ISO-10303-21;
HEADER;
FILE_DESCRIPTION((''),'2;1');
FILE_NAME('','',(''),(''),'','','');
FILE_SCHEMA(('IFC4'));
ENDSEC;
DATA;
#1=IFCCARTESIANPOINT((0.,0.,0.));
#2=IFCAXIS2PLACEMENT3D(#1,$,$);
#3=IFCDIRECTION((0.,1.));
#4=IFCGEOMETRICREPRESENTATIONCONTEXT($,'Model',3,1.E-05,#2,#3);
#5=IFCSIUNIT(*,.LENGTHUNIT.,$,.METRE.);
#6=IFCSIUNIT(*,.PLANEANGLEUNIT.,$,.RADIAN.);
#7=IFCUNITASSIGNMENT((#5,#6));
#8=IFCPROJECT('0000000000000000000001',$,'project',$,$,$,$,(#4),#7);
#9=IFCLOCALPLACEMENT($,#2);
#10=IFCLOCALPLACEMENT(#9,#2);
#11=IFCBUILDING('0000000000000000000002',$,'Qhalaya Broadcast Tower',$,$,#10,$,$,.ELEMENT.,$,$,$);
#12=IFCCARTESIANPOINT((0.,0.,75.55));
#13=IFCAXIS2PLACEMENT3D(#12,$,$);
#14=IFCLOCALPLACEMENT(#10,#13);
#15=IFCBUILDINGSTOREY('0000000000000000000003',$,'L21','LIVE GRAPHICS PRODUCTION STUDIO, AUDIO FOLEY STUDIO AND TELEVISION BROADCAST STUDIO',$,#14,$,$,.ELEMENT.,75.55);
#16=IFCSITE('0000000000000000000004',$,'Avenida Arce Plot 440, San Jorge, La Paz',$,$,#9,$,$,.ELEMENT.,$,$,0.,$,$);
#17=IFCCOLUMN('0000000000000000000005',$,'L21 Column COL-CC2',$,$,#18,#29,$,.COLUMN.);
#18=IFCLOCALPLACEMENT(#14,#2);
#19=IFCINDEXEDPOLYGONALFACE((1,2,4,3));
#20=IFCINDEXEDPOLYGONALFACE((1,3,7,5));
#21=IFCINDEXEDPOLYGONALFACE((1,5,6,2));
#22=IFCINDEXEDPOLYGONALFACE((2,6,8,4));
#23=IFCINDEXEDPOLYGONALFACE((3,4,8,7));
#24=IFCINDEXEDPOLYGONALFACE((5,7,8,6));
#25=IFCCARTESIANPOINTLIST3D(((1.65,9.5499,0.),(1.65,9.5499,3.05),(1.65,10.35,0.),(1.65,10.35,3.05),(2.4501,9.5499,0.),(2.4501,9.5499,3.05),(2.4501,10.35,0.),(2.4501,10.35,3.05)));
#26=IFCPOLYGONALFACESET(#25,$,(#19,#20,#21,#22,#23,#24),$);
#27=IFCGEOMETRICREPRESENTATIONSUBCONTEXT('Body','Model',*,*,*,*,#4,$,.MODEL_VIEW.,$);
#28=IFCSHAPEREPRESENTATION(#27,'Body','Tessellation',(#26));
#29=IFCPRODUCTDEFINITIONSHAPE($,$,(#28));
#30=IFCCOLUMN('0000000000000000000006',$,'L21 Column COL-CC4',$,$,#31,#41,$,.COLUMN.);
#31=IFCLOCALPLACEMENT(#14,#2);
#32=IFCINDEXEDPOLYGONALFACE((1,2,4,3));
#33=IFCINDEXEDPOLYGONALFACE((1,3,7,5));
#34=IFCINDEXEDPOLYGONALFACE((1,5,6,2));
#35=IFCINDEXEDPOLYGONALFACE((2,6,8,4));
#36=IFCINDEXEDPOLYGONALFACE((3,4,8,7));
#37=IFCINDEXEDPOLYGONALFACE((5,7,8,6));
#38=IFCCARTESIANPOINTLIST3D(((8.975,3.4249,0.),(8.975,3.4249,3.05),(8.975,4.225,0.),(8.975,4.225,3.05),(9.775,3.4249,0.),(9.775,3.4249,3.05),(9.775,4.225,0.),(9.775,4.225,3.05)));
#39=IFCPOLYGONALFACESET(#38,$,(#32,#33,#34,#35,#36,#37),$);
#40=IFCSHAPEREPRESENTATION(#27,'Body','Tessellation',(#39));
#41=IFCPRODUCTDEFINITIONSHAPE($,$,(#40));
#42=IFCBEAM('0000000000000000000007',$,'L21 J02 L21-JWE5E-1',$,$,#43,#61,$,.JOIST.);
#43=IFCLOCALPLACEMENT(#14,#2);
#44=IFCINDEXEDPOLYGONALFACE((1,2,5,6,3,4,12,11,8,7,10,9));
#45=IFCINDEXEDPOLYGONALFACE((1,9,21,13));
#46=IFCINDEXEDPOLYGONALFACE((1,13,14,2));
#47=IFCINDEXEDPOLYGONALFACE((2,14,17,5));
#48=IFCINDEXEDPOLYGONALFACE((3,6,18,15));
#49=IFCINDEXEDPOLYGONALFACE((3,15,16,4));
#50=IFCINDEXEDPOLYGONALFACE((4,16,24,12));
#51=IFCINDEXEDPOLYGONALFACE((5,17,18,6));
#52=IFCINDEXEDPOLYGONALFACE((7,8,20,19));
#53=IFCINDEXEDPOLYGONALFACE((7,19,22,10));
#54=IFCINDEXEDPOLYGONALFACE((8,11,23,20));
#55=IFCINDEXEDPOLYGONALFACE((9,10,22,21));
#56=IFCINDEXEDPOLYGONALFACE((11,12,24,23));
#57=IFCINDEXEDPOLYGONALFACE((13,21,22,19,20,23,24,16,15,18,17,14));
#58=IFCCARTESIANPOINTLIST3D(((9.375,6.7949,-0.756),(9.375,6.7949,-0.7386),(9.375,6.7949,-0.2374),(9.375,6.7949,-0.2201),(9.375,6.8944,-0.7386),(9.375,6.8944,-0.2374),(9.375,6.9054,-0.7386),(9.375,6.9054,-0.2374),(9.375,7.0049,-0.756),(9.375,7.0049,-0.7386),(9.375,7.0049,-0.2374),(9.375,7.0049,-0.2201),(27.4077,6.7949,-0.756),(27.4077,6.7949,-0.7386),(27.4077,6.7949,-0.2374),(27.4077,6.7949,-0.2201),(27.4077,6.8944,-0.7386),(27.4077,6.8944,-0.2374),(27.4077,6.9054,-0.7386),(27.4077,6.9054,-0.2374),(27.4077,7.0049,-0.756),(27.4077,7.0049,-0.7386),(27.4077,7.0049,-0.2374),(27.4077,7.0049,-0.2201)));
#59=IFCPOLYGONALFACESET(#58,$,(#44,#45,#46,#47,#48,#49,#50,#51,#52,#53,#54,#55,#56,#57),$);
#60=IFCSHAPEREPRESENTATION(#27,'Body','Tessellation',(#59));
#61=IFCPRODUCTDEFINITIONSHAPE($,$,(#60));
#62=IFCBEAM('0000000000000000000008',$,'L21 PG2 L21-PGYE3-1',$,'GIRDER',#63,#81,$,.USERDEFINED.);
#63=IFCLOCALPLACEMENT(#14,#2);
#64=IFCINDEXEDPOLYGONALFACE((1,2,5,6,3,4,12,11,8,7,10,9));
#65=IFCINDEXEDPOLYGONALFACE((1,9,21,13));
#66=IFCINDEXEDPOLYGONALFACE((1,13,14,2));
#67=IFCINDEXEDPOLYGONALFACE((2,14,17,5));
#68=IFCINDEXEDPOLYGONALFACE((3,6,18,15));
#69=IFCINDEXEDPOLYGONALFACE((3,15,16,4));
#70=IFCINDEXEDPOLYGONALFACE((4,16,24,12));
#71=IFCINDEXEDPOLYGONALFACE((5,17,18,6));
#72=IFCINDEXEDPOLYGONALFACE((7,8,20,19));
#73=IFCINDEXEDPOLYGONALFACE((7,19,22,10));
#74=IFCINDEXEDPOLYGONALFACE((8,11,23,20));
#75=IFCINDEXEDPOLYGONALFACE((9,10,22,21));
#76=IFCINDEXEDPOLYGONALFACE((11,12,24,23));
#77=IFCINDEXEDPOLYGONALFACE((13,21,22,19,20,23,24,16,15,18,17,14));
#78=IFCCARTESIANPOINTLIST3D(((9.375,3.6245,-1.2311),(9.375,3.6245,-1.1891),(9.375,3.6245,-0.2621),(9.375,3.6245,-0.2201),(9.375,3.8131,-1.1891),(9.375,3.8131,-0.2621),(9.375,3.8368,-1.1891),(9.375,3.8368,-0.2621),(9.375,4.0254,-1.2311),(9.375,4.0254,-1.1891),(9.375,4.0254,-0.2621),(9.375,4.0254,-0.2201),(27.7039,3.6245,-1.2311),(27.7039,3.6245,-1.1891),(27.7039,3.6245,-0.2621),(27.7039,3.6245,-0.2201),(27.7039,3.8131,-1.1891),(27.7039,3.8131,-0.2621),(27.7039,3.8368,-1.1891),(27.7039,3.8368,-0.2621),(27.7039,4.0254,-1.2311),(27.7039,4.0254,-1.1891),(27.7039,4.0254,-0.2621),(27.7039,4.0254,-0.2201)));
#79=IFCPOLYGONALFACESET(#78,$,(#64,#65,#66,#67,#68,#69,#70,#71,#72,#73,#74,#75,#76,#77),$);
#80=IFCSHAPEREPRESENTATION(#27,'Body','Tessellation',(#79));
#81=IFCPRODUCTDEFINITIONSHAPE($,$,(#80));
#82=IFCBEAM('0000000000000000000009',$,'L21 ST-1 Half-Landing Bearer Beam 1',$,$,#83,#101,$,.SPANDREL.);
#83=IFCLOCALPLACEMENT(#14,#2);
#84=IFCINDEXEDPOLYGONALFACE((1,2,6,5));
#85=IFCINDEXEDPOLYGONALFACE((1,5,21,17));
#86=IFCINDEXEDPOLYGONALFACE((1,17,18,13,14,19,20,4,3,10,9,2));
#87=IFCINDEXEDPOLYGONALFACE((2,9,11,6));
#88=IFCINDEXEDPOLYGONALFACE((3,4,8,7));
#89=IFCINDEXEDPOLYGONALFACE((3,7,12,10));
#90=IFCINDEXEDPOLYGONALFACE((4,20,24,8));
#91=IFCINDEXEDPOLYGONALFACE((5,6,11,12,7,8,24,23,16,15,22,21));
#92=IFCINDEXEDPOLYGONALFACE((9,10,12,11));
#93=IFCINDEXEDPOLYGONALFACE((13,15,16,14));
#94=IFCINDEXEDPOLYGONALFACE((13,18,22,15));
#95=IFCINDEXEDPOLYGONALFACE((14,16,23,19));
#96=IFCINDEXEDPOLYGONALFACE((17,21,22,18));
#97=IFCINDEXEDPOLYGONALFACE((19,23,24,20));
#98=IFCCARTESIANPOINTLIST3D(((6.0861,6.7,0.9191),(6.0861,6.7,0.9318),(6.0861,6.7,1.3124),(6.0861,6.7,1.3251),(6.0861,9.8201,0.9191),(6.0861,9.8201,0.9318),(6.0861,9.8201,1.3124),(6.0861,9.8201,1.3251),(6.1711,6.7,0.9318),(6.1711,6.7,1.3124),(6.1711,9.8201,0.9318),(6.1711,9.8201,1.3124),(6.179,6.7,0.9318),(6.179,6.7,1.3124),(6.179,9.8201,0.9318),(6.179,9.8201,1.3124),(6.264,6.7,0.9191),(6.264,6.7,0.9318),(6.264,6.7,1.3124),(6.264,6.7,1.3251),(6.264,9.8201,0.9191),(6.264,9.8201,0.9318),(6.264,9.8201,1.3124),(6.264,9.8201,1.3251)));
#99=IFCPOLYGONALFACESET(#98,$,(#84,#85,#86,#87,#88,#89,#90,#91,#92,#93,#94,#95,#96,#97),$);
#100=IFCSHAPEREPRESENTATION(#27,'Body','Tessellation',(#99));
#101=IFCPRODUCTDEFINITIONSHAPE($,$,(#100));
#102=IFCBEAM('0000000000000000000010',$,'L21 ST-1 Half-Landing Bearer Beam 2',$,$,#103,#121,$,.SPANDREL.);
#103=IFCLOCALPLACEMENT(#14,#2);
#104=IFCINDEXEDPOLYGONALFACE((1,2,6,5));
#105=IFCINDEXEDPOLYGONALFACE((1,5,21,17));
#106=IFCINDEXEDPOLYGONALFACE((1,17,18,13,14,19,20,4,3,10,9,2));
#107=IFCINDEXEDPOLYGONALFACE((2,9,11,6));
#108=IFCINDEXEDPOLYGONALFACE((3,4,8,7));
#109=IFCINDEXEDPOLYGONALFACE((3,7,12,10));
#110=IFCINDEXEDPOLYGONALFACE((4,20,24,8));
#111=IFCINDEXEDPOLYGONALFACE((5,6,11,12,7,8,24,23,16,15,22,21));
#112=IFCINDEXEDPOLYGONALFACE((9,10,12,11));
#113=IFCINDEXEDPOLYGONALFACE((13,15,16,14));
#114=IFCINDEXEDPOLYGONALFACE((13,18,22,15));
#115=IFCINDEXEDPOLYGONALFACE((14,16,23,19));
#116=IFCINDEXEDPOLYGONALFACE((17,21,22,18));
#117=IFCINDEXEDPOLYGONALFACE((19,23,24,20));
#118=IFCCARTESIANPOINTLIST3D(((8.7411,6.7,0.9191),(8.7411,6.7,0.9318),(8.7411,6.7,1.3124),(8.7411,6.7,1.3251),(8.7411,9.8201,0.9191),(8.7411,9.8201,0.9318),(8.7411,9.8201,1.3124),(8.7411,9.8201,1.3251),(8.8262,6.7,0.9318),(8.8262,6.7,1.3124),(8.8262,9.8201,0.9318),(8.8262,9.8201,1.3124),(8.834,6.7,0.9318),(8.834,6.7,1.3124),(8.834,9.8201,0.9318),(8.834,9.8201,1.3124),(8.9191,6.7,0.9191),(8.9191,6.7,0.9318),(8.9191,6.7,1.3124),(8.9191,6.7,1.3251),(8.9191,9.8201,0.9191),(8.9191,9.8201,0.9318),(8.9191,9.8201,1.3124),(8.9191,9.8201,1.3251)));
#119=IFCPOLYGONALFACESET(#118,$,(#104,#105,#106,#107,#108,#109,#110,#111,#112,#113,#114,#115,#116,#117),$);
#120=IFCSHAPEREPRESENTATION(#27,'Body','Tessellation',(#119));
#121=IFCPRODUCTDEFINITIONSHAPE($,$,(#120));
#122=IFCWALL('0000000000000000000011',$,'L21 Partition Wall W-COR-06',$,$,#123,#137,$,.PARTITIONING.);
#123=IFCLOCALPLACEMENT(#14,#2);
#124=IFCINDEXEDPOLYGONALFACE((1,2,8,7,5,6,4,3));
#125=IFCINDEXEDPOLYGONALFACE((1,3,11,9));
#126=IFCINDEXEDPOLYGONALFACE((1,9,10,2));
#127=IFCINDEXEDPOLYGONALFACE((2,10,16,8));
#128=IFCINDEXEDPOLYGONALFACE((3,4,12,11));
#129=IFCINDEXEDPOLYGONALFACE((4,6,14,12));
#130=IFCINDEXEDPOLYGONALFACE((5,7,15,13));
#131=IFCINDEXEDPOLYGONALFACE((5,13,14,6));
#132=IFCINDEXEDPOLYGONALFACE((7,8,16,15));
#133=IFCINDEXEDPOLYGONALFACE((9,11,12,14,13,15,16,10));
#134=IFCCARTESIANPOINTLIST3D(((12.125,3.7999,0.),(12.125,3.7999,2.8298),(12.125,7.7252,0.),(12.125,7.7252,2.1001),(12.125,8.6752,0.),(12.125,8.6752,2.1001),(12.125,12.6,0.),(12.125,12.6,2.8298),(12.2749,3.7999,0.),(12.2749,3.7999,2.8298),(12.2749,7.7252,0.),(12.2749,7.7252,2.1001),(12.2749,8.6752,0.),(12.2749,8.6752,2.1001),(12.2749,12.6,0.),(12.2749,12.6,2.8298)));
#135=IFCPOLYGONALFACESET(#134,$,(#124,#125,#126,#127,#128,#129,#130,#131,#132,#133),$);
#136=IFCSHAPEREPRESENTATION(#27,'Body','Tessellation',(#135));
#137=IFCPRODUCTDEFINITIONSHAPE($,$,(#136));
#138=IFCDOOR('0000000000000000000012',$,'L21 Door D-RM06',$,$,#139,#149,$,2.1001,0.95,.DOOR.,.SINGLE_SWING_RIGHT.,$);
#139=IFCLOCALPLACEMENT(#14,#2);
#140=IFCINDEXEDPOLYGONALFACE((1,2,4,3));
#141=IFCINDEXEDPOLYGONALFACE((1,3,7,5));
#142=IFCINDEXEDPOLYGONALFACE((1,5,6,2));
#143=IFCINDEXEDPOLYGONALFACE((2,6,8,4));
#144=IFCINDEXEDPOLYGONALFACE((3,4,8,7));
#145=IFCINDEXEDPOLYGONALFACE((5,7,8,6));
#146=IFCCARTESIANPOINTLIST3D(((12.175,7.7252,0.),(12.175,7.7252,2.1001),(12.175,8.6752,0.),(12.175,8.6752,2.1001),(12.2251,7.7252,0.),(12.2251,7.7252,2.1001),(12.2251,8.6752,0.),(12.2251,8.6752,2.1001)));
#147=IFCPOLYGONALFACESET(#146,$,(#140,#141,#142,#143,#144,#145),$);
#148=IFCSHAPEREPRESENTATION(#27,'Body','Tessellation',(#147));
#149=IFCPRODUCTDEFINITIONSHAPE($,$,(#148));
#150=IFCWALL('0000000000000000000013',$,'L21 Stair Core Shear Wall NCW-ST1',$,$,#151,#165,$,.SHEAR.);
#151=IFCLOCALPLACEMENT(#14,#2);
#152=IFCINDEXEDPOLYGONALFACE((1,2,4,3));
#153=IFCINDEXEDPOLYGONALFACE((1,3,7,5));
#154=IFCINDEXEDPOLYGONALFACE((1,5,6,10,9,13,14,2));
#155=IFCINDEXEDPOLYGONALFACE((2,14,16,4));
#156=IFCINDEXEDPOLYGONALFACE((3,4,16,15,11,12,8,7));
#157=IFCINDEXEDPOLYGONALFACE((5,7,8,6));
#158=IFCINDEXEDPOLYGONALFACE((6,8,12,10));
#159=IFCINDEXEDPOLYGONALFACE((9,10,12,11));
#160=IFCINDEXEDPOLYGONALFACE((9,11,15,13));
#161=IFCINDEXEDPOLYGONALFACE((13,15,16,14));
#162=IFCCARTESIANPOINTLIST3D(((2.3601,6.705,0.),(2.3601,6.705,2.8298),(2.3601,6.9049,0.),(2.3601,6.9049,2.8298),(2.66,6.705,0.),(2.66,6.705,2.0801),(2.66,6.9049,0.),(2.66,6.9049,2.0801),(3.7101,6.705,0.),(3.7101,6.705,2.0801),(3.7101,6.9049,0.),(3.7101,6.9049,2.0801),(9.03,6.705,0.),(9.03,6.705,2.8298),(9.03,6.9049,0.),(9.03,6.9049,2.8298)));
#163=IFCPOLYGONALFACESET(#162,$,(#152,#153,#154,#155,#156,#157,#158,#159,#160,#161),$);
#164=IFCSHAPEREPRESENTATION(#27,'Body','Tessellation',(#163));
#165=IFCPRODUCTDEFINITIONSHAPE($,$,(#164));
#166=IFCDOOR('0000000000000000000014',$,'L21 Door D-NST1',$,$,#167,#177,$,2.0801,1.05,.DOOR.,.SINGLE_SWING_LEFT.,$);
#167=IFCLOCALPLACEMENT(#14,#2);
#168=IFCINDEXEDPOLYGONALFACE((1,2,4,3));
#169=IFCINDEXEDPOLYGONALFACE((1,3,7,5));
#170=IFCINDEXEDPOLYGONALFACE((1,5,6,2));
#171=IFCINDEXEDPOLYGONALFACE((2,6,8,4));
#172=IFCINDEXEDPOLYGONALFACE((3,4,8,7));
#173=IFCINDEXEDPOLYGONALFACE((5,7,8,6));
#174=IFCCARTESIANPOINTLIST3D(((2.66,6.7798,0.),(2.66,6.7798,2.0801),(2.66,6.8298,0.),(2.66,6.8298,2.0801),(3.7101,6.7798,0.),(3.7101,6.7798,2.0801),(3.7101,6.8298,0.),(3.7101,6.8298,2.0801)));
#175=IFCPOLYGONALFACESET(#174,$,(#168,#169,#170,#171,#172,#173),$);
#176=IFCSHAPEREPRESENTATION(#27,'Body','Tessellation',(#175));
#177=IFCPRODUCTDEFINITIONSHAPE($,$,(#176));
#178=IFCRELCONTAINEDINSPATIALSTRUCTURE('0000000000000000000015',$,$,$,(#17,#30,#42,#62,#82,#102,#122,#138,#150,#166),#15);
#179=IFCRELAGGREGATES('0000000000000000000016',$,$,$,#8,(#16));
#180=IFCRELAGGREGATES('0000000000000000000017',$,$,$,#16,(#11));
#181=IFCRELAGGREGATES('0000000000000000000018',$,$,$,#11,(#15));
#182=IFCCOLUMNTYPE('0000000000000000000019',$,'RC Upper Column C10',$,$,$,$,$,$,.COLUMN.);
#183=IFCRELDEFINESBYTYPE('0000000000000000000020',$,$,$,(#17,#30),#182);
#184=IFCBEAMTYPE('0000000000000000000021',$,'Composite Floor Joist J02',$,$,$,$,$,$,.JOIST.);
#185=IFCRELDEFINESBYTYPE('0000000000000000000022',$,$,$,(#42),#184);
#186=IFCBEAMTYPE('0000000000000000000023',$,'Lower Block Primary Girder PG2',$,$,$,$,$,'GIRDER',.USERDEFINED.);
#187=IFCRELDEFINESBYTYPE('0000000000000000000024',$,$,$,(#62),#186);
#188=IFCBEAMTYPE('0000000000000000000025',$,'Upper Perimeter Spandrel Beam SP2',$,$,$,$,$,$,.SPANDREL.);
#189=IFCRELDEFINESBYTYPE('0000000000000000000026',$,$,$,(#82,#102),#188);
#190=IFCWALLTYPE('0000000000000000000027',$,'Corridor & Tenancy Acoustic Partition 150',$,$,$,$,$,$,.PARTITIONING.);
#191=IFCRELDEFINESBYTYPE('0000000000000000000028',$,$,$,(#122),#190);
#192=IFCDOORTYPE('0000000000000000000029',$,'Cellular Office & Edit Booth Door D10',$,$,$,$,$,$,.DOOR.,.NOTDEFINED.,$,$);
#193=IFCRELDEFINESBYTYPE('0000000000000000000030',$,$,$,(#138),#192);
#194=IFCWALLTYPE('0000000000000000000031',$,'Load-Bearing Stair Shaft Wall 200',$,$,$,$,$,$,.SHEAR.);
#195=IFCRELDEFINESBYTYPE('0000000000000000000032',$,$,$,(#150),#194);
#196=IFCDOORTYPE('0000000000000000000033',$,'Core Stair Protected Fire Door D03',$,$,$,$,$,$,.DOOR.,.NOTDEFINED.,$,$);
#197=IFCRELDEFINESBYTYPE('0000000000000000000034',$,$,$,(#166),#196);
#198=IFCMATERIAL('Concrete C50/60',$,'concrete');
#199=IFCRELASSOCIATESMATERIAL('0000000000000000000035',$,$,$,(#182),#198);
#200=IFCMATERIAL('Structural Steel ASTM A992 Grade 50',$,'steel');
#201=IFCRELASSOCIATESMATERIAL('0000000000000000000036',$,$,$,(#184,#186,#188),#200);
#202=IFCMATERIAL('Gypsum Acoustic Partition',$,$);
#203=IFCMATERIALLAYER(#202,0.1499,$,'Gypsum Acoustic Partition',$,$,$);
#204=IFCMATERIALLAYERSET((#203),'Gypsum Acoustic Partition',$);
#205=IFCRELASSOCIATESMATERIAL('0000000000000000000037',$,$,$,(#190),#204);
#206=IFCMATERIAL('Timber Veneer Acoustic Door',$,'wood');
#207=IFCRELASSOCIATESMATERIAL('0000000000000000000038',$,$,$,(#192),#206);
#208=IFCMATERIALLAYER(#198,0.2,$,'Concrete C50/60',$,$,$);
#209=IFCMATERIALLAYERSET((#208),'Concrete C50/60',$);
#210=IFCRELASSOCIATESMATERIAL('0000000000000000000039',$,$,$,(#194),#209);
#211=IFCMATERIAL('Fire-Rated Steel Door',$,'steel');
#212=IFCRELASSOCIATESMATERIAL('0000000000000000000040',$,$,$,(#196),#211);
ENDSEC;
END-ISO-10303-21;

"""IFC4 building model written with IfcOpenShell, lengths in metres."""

from ifc_helpers import new_model, si_unit, direction, frame, frame_2d, origin, origin_2d, place, context, subcontext, project, spatial, rectangle, i_section, extrude, material, layer, layer_set, material_profile, profile_set, type_object, element, fill, save


model = new_model("IFC4")

# Units and contexts
model_context = context("Model", 3, precision=1e-05, world=origin(), true_north=direction((0.0, 1.0)))
body_context = subcontext(model_context, "Body", "Model", "MODEL_VIEW")
ifc_project = project(units=[si_unit("LENGTHUNIT", "METRE"), si_unit("PLANEANGLEUNIT", "RADIAN")], contexts=[model_context])

# Site, building, storey
site_placement = place(None, origin())
site = spatial("IfcSite", under=ifc_project, at=site_placement, Name="Avenida Arce Plot 440, San Jorge, La Paz", CompositionType="ELEMENT", RefElevation=0.0)
building_placement = place(site_placement, origin())
building = spatial("IfcBuilding", under=site, at=building_placement, Name="Qhalaya Broadcast Tower", CompositionType="ELEMENT")
storey_placement = place(building_placement, frame((0.0, 0.0, 75.55)))
storey = spatial("IfcBuildingStorey", under=building, at=storey_placement, Name="L21", Description="LIVE GRAPHICS PRODUCTION STUDIO, AUDIO FOLEY STUDIO AND TELEVISION BROADCAST STUDIO", CompositionType="ELEMENT", Elevation=75.55)

# Columns
ifc_material_1 = material(Name="Concrete C50/60", Category="concrete")
ifc_material_profile_1 = material_profile(ifc_material_1, rectangle(XDim=0.8, YDim=0.8, at=origin_2d()), Name="RC-COL 800x800")
ifc_profile_set_1 = profile_set([ifc_material_profile_1], Name="Concrete C50/60")
column_type = type_object("IfcColumnType", Name="RC Upper Column C10", PredefinedType="COLUMN", material=ifc_profile_set_1)
for number, where, z_axis, x_axis, name in (
    (1, (2.05, 9.95, 0.0), (0.0, 0.0, 1.0), (1.0, 0.0, 0.0), "L21 Column COL-CC2"),
    (2, (9.375, 3.825, 0.0), (0.0, 0.0, 1.0), (1.0, 0.0, 0.0), "L21 Column COL-CC4"),
):
    element("IfcColumn", number, at=place(storey_placement, frame(where, z_axis=z_axis, x_axis=x_axis)), inside=storey, type_object=column_type, Name=name, PredefinedType="COLUMN", context=body_context, shape_type="SweptSolid", body=[
        extrude(rectangle(XDim=0.8, YDim=0.8, at=origin_2d()), origin(), (0.0, 0.0, 1.0), 3.05),
    ])

# Beams
ifc_material_2 = material(Name="Structural Steel ASTM A992 Grade 50", Category="steel")
ifc_material_profile_2 = material_profile(ifc_material_2, i_section(OverallWidth=0.21, OverallDepth=0.5359, WebThickness=0.011, FlangeThickness=0.0173, at=origin_2d()), Name="W21X68")
ifc_profile_set_2 = profile_set([ifc_material_profile_2], Name="Structural Steel ASTM A992 Grade 50")
beam_type_1 = type_object("IfcBeamType", Name="Composite Floor Joist J02", PredefinedType="JOIST", material=ifc_profile_set_2)
beam_1_placement = place(storey_placement, frame((9.375, 6.8999, -0.488), z_axis=(1.0, 0.0, 0.0), x_axis=(0.0, 1.0, 0.0)))
element("IfcBeam", 3, at=beam_1_placement, inside=storey, type_object=beam_type_1, Name="L21 J02 L21-JWE5E-1", PredefinedType="JOIST", context=body_context, shape_type="SweptSolid", body=[
    extrude(i_section(OverallWidth=0.21, OverallDepth=0.5359, WebThickness=0.011, FlangeThickness=0.0173, at=origin_2d()), origin(), (0.0, 0.0, 1.0), 18.0327),
])
ifc_material_profile_3 = material_profile(ifc_material_2, i_section(OverallWidth=0.4009, OverallDepth=1.011, WebThickness=0.0237, FlangeThickness=0.042, at=origin_2d()), Name="W40X297")
ifc_profile_set_3 = profile_set([ifc_material_profile_3], Name="Structural Steel ASTM A992 Grade 50")
beam_type_2 = type_object("IfcBeamType", Name="Lower Block Primary Girder PG2", ElementType="GIRDER", PredefinedType="USERDEFINED", material=ifc_profile_set_3)
beam_2_placement = place(storey_placement, frame((9.375, 3.825, -0.7256), z_axis=(1.0, 0.0, 0.0), x_axis=(0.0, 1.0, 0.0)))
element("IfcBeam", 4, at=beam_2_placement, inside=storey, type_object=beam_type_2, Name="L21 PG2 L21-PGYE3-1", ObjectType="GIRDER", PredefinedType="USERDEFINED", context=body_context, shape_type="SweptSolid", body=[
    extrude(i_section(OverallWidth=0.4009, OverallDepth=1.011, WebThickness=0.0237, FlangeThickness=0.042, at=origin_2d()), origin(), (0.0, 0.0, 1.0), 18.3289),
])
ifc_material_profile_4 = material_profile(ifc_material_2, i_section(OverallWidth=0.178, OverallDepth=0.406, WebThickness=0.0078, FlangeThickness=0.0127, at=origin_2d()), Name="W16X40")
ifc_profile_set_4 = profile_set([ifc_material_profile_4], Name="Structural Steel ASTM A992 Grade 50")
beam_type_3 = type_object("IfcBeamType", Name="Upper Perimeter Spandrel Beam SP2", PredefinedType="SPANDREL", material=ifc_profile_set_4)
for number, where, z_axis, x_axis, name in (
    (5, (6.175, 6.7, 1.1221), (0.0, 1.0, 0.0), (-1.0, 0.0, 0.0), "L21 ST-1 Half-Landing Bearer Beam 1"),
    (6, (8.8301, 6.7, 1.1221), (0.0, 1.0, 0.0), (-1.0, 0.0, 0.0), "L21 ST-1 Half-Landing Bearer Beam 2"),
):
    element("IfcBeam", number, at=place(storey_placement, frame(where, z_axis=z_axis, x_axis=x_axis)), inside=storey, type_object=beam_type_3, Name=name, PredefinedType="SPANDREL", context=body_context, shape_type="SweptSolid", body=[
        extrude(i_section(OverallWidth=0.178, OverallDepth=0.406, WebThickness=0.0078, FlangeThickness=0.0127, at=origin_2d()), origin(), (0.0, 0.0, 1.0), 3.1201),
    ])

# Walls, openings, doors
ifc_material_3 = material(Name="Gypsum Acoustic Partition")
ifc_layer_1 = layer(ifc_material_3, 0.1499, Name="Gypsum Acoustic Partition")
ifc_layer_set_1 = layer_set([ifc_layer_1], Name="Gypsum Acoustic Partition")
wall_type_1 = type_object("IfcWallType", Name="Corridor & Tenancy Acoustic Partition 150", PredefinedType="PARTITIONING", material=ifc_layer_set_1)
wall_1_placement = place(storey_placement, frame((12.2, 3.8, 0.0), z_axis=(0.0, 0.0, 1.0), x_axis=(0.0, 1.0, 0.0)))
wall_1 = element("IfcWall", 7, at=wall_1_placement, inside=storey, type_object=wall_type_1, Name="L21 Partition Wall W-COR-06", PredefinedType="PARTITIONING", context=body_context, shape_type="SweptSolid", body=[
    extrude(rectangle(XDim=8.8, YDim=0.1499, at=frame_2d((4.3999, 0.0))), origin(), (0.0, 0.0, 1.0), 2.8298),
])
opening_1_placement = place(wall_1_placement, frame((3.925, 0.0, 0.0)))
opening_1 = element("IfcOpeningElement", 8, at=opening_1_placement, cuts=wall_1, PredefinedType="OPENING", context=body_context, shape_type="SweptSolid", body=[
    extrude(rectangle(XDim=0.95, YDim=2.1001, at=frame_2d((0.4751, 1.05))), frame((0.0, 0.0869, 0.0), z_axis=(0.0, -1.0, 0.0), x_axis=(1.0, 0.0, 0.0)), (0.0, 0.0, 1.0), 0.1738),
])
ifc_material_4 = material(Name="Timber Veneer Acoustic Door", Category="wood")
door_type_1 = type_object("IfcDoorType", Name="Cellular Office & Edit Booth Door D10", OperationType="NOTDEFINED", PredefinedType="DOOR", material=ifc_material_4)
door_1_placement = place(opening_1_placement, origin())
door_1 = element("IfcDoor", 9, at=door_1_placement, inside=storey, type_object=door_type_1, Name="L21 Door D-RM06", OperationType="SINGLE_SWING_RIGHT", OverallHeight=2.1001, OverallWidth=0.95, PredefinedType="DOOR", context=body_context, shape_type="SweptSolid", body=[
    extrude(rectangle(XDim=0.95, YDim=2.1001, at=frame_2d((0.4751, 1.05))), frame((0.0, 0.0249, 0.0), z_axis=(0.0, -1.0, 0.0), x_axis=(1.0, 0.0, 0.0)), (0.0, 0.0, 1.0), 0.05),
])
fill(opening_1, door_1)
ifc_layer_2 = layer(ifc_material_1, 0.2, Name="Concrete C50/60")
ifc_layer_set_2 = layer_set([ifc_layer_2], Name="Concrete C50/60")
wall_type_2 = type_object("IfcWallType", Name="Load-Bearing Stair Shaft Wall 200", PredefinedType="SHEAR", material=ifc_layer_set_2)
wall_2_placement = place(storey_placement, frame((2.3601, 6.8049, 0.0), z_axis=(0.0, 0.0, 1.0), x_axis=(1.0, 0.0, 0.0)))
wall_2 = element("IfcWall", 10, at=wall_2_placement, inside=storey, type_object=wall_type_2, Name="L21 Stair Core Shear Wall NCW-ST1", PredefinedType="SHEAR", context=body_context, shape_type="SweptSolid", body=[
    extrude(rectangle(XDim=6.6699, YDim=0.2, at=frame_2d((3.335, 0.0))), origin(), (0.0, 0.0, 1.0), 2.8298),
])
opening_2_placement = place(wall_2_placement, frame((0.3, 0.0, 0.0)))
opening_2 = element("IfcOpeningElement", 11, at=opening_2_placement, cuts=wall_2, PredefinedType="OPENING", context=body_context, shape_type="SweptSolid", body=[
    extrude(rectangle(XDim=1.05, YDim=2.0801, at=frame_2d((0.5249, 1.04))), frame((0.0, 0.1121, 0.0), z_axis=(0.0, -1.0, 0.0), x_axis=(1.0, 0.0, 0.0)), (0.0, 0.0, 1.0), 0.2239),
])
ifc_material_5 = material(Name="Fire-Rated Steel Door", Category="steel")
door_type_2 = type_object("IfcDoorType", Name="Core Stair Protected Fire Door D03", OperationType="NOTDEFINED", PredefinedType="DOOR", material=ifc_material_5)
door_2_placement = place(opening_2_placement, origin())
door_2 = element("IfcDoor", 12, at=door_2_placement, inside=storey, type_object=door_type_2, Name="L21 Door D-NST1", OperationType="SINGLE_SWING_LEFT", OverallHeight=2.0801, OverallWidth=1.05, PredefinedType="DOOR", context=body_context, shape_type="SweptSolid", body=[
    extrude(rectangle(XDim=1.05, YDim=2.0801, at=frame_2d((0.5249, 1.04))), frame((0.0, 0.0249, 0.0), z_axis=(0.0, -1.0, 0.0), x_axis=(1.0, 0.0, 0.0)), (0.0, 0.0, 1.0), 0.05),
])
fill(opening_2, door_2)

save(model, "model.ifc")
